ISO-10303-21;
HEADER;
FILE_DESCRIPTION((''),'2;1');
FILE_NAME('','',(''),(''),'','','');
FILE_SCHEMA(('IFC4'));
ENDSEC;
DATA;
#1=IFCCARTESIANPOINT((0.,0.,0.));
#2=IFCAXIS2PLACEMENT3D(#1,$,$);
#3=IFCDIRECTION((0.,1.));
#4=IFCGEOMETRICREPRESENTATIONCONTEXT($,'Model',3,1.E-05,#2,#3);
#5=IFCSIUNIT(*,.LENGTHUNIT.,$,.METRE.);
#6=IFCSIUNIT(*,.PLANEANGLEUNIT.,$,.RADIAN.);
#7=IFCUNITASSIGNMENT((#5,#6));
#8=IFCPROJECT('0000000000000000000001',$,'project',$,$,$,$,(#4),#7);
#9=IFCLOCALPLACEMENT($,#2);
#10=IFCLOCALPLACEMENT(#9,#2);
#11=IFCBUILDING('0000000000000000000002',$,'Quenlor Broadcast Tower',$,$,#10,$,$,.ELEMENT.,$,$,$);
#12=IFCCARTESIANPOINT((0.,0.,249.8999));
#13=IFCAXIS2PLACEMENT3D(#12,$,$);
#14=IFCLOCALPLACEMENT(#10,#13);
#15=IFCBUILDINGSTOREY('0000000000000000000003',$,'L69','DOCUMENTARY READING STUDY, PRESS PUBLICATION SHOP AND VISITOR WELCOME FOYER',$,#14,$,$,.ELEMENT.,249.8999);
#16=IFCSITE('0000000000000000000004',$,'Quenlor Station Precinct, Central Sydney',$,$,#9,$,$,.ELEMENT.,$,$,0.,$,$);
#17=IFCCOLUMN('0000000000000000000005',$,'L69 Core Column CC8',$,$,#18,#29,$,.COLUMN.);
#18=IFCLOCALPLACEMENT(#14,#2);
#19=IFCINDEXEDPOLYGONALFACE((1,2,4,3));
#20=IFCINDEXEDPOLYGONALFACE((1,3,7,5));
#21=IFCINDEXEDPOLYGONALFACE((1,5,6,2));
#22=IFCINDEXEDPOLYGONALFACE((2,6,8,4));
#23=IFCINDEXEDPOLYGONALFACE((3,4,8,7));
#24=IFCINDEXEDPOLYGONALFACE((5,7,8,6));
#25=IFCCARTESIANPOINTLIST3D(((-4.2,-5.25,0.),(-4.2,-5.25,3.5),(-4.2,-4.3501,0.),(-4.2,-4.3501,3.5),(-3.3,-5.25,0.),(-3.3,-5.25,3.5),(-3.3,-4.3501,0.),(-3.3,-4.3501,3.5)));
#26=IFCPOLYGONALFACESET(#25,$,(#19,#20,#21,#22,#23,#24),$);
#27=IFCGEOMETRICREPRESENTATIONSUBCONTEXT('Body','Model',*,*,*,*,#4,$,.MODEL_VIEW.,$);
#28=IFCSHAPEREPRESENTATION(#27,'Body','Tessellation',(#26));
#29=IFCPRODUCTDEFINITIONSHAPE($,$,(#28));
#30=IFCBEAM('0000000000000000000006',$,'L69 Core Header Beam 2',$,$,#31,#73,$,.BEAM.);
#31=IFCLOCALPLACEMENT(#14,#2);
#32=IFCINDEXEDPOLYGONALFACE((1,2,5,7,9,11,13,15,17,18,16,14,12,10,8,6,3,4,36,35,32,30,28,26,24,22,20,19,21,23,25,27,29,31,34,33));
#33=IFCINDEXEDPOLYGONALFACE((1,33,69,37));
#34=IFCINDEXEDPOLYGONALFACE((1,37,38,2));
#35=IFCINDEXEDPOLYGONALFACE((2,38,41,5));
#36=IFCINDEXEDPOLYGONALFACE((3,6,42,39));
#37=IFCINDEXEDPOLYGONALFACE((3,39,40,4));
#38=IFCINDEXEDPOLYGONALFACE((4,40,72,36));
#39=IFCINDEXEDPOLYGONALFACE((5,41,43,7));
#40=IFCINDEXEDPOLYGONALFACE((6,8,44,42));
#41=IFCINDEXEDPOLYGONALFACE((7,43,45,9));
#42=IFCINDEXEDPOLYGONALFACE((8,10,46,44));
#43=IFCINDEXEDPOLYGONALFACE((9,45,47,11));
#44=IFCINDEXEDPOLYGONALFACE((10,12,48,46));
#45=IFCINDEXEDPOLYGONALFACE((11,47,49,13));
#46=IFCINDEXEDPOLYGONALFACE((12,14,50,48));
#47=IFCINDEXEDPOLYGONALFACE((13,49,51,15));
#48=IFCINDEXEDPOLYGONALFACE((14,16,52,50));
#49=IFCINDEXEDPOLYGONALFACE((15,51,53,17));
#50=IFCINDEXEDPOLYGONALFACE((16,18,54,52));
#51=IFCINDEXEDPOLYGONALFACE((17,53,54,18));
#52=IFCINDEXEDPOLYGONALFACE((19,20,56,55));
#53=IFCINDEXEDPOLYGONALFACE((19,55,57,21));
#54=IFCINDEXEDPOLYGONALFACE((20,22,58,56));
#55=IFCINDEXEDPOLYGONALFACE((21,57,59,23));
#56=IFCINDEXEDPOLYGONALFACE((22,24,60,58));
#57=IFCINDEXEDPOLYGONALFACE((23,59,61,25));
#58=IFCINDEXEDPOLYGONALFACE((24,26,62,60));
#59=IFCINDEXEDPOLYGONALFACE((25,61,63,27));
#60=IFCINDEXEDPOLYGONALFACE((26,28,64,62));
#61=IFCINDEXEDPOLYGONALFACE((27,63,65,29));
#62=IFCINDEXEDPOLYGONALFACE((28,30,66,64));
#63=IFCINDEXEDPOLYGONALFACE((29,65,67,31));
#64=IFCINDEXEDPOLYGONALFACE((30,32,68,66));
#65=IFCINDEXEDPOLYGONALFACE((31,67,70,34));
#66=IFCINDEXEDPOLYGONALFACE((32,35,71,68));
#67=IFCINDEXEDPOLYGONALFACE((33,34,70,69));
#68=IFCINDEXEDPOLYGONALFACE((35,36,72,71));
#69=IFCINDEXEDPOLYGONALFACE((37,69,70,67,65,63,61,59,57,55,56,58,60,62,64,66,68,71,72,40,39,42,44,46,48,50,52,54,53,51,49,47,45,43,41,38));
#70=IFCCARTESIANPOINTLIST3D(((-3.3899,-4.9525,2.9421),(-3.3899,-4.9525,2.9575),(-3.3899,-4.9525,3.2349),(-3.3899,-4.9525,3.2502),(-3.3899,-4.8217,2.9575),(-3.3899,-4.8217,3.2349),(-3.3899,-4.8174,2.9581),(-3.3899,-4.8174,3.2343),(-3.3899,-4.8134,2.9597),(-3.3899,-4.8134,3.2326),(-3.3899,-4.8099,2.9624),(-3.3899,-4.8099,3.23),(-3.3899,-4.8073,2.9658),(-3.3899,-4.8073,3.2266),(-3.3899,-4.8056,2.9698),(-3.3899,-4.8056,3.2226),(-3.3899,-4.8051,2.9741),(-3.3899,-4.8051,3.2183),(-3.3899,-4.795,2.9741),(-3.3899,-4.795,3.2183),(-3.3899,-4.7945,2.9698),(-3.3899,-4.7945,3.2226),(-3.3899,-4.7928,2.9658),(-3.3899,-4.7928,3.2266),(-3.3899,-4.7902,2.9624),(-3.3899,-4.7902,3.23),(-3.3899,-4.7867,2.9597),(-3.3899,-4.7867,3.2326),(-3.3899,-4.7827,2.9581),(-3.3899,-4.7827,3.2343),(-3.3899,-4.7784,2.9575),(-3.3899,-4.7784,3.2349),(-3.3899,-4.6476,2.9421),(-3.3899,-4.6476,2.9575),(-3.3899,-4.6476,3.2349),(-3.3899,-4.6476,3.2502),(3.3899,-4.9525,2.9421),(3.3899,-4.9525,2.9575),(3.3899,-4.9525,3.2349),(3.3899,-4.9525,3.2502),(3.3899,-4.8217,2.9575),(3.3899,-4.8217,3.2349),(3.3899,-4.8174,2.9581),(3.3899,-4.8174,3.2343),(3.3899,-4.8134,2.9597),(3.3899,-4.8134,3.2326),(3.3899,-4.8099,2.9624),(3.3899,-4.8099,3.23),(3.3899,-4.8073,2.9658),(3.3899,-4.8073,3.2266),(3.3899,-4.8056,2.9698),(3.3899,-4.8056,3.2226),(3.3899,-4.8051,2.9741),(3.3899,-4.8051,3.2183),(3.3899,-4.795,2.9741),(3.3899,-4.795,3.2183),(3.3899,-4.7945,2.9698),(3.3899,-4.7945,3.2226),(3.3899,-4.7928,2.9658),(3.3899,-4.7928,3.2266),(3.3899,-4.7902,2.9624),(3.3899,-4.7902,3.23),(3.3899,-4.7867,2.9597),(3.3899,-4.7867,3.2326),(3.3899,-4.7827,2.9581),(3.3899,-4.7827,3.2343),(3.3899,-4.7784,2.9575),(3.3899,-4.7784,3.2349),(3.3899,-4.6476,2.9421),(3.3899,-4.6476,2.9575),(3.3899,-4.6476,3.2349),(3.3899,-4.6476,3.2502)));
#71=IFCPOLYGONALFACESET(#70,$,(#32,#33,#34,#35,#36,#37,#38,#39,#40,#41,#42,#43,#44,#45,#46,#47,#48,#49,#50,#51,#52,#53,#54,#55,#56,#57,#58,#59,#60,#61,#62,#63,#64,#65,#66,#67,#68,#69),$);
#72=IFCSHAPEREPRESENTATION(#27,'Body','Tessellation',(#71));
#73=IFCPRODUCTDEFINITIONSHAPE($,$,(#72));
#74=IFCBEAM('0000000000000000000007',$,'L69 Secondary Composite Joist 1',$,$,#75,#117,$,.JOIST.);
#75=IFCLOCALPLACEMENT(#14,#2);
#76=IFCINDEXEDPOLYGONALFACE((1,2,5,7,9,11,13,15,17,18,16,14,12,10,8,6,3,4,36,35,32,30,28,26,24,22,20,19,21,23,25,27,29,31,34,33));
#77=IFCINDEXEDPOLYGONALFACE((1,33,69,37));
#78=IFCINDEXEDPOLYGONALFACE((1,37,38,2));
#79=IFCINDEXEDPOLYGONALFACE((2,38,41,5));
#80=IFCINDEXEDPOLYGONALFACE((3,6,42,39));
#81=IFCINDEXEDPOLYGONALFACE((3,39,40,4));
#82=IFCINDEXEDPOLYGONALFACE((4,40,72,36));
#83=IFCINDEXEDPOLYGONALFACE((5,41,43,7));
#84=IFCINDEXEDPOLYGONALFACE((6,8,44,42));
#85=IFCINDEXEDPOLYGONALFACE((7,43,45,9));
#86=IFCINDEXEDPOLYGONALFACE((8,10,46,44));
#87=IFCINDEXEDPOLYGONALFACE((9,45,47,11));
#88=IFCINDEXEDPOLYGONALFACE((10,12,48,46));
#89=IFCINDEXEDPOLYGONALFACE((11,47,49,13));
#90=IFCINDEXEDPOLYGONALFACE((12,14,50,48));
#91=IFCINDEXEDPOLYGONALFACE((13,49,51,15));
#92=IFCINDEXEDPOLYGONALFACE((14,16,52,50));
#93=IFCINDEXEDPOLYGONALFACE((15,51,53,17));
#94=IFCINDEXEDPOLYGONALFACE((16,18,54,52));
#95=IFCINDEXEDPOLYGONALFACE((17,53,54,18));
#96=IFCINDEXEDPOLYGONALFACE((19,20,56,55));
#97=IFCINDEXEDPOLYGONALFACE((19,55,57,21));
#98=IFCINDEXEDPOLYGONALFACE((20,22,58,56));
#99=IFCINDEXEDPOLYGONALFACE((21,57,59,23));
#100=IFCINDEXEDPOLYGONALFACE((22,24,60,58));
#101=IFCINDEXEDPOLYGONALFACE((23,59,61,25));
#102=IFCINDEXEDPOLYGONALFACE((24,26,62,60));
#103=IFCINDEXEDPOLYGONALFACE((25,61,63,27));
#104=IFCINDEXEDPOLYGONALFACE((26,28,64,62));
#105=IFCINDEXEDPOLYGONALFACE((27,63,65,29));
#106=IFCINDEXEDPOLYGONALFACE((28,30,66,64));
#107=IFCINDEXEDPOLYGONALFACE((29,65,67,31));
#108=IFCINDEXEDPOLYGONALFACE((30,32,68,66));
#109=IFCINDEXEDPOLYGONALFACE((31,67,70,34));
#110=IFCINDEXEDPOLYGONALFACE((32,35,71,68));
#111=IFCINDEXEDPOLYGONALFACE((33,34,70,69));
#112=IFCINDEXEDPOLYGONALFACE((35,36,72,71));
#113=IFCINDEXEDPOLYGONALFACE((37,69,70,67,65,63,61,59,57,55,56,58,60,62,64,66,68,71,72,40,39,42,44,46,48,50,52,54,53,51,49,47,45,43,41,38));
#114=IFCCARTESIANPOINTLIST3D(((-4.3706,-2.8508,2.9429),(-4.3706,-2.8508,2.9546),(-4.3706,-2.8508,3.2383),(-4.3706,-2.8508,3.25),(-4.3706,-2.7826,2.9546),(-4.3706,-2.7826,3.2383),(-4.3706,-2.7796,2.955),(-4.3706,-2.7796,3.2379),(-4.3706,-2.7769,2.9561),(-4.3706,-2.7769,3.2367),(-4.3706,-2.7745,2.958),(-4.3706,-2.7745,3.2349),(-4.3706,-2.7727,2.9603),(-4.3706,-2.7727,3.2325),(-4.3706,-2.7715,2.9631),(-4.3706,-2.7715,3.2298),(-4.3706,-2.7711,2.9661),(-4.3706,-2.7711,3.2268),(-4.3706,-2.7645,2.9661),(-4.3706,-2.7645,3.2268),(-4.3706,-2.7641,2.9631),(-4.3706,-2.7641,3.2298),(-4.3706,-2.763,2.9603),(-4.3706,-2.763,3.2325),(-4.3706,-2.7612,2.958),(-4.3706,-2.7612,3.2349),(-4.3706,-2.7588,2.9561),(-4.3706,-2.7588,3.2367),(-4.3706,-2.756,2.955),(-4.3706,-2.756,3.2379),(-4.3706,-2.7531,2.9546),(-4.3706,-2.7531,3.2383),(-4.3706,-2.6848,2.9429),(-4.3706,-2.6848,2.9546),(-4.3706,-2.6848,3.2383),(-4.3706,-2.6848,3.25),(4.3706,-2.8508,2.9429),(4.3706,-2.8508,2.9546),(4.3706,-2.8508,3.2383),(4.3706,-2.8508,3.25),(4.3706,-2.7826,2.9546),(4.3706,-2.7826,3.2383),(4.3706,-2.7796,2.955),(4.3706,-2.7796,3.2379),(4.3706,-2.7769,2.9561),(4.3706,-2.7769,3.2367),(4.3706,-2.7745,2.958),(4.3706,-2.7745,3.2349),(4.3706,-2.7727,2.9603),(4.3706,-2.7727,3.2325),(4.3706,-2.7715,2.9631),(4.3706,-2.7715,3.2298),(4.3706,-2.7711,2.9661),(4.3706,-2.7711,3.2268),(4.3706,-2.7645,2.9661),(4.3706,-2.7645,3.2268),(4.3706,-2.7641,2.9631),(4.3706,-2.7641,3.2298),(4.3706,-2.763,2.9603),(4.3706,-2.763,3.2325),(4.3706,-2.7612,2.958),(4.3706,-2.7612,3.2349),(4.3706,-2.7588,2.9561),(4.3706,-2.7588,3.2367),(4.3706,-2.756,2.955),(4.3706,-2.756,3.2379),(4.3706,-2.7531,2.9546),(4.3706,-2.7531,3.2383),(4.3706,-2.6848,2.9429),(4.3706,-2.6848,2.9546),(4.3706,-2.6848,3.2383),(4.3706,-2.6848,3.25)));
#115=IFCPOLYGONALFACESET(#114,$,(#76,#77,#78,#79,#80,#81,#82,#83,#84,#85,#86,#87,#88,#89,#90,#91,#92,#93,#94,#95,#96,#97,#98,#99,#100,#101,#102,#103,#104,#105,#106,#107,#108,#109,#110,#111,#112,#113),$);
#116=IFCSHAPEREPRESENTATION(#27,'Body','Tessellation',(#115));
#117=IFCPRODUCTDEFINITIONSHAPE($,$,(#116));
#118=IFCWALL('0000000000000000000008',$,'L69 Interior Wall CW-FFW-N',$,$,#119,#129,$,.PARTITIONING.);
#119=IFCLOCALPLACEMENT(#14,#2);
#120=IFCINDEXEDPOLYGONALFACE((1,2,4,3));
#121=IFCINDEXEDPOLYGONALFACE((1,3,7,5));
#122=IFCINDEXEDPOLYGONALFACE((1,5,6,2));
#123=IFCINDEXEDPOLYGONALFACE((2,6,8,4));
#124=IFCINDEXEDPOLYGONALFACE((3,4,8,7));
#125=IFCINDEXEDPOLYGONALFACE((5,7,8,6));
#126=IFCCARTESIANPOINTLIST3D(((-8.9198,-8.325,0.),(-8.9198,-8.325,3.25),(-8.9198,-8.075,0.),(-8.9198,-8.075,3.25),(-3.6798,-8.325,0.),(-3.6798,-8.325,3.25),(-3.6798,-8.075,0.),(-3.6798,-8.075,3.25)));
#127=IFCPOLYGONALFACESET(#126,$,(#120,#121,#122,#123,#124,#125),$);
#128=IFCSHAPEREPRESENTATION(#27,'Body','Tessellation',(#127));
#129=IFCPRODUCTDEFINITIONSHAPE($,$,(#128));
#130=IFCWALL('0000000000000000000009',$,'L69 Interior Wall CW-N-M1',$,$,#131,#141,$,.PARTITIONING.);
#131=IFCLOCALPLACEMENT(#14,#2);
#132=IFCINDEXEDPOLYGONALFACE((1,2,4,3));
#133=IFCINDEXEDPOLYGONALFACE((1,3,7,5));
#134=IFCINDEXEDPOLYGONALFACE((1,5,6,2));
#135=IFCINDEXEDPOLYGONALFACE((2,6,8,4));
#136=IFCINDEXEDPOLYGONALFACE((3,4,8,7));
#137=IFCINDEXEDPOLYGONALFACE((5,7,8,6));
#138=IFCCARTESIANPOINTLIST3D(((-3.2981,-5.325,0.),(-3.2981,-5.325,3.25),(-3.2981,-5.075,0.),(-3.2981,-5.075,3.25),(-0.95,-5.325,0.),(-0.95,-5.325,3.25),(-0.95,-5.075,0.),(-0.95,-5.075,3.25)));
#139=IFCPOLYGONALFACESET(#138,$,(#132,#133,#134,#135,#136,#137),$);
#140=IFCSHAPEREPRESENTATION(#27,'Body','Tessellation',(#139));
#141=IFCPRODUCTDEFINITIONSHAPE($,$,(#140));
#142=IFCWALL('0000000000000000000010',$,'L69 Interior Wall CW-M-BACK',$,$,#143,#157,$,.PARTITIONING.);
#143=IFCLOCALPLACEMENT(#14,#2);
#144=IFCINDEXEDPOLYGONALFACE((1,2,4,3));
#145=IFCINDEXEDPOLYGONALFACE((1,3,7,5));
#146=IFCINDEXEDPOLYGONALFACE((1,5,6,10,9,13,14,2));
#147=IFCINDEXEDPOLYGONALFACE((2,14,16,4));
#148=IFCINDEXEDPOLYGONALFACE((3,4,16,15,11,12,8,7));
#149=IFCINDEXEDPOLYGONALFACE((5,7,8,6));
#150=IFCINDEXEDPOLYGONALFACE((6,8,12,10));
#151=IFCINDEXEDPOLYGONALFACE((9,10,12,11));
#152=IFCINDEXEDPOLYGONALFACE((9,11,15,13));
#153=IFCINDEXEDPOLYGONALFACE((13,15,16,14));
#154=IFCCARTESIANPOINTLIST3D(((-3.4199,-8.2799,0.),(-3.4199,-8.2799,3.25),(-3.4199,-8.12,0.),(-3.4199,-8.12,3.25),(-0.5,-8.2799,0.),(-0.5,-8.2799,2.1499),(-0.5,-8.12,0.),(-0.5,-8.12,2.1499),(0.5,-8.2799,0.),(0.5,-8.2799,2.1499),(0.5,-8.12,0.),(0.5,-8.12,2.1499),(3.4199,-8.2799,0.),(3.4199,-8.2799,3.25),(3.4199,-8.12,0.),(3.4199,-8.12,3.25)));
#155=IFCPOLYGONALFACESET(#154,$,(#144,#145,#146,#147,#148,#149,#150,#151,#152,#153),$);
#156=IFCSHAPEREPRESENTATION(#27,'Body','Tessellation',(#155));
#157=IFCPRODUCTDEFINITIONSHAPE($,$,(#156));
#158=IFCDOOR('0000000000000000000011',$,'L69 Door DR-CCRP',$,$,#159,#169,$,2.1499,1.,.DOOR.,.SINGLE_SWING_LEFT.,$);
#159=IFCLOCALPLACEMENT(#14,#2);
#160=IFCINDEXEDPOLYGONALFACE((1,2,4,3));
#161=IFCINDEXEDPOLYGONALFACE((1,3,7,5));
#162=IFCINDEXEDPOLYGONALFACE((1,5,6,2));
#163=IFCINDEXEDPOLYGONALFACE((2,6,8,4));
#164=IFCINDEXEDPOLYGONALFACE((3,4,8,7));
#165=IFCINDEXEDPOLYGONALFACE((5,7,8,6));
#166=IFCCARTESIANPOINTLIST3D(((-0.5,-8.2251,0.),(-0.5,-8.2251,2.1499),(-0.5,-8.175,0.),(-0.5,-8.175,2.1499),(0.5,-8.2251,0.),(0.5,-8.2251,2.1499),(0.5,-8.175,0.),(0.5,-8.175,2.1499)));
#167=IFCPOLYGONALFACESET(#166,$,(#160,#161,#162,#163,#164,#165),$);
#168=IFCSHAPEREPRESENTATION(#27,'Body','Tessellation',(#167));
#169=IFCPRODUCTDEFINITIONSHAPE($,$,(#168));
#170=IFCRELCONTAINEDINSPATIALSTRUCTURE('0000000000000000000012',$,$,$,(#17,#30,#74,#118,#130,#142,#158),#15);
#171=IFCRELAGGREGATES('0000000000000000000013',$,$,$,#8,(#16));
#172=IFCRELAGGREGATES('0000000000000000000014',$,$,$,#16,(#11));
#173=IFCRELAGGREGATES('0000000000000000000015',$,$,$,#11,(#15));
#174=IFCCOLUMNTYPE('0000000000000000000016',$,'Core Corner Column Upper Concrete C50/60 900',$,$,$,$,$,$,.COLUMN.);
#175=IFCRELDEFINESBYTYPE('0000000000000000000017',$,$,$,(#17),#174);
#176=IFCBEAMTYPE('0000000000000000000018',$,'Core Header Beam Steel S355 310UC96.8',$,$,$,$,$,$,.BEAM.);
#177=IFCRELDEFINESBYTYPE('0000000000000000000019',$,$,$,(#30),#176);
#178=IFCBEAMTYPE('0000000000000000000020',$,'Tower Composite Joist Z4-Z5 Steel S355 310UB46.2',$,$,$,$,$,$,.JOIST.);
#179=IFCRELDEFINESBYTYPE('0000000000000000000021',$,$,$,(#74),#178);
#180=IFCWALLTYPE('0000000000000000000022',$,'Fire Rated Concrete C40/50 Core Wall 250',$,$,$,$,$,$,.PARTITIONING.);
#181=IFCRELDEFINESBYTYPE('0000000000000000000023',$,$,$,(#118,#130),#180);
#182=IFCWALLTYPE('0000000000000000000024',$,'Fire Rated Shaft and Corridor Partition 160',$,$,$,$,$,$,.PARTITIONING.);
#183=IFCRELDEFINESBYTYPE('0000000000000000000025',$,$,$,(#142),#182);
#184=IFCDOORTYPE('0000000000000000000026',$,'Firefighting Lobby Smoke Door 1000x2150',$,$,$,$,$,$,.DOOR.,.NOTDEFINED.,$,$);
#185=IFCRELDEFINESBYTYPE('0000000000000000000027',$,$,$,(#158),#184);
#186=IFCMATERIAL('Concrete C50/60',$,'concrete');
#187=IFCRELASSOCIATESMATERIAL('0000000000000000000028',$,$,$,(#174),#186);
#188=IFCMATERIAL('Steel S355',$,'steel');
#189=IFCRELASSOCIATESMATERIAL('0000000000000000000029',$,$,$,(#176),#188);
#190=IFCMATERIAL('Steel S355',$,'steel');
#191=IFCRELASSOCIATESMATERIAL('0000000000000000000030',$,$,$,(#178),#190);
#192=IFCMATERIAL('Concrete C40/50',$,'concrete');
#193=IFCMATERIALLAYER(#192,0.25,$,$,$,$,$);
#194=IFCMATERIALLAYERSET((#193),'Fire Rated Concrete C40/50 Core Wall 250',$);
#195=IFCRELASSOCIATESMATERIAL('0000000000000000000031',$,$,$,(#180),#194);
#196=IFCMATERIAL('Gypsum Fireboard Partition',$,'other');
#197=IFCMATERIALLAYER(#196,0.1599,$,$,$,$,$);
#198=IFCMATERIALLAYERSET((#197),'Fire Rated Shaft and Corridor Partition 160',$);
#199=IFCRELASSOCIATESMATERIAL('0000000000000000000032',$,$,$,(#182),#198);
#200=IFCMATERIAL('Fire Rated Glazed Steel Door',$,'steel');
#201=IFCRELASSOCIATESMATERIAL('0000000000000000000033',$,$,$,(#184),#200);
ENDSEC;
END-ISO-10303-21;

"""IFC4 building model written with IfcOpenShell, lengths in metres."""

from ifc_helpers import new_model, si_unit, direction, frame, frame_2d, origin, origin_2d, place, context, subcontext, project, spatial, rectangle, i_section, extrude, material, layer, layer_set, material_profile, profile_set, type_object, element, fill, save


model = new_model("IFC4")

# Units and contexts
model_context = context("Model", 3, precision=1e-05, world=origin(), true_north=direction((0.0, 1.0)))
body_context = subcontext(model_context, "Body", "Model", "MODEL_VIEW")
ifc_project = project(units=[si_unit("LENGTHUNIT", "METRE"), si_unit("PLANEANGLEUNIT", "RADIAN")], contexts=[model_context])

# Site, building, storey
site_placement = place(None, origin())
site = spatial("IfcSite", under=ifc_project, at=site_placement, Name="Quenlor Station Precinct, Central Sydney", CompositionType="ELEMENT", RefElevation=0.0)
building_placement = place(site_placement, origin())
building = spatial("IfcBuilding", under=site, at=building_placement, Name="Quenlor Broadcast Tower", CompositionType="ELEMENT")
storey_placement = place(building_placement, frame((0.0, 0.0, 249.8999)))
storey = spatial("IfcBuildingStorey", under=building, at=storey_placement, Name="L69", Description="DOCUMENTARY READING STUDY, PRESS PUBLICATION SHOP AND VISITOR WELCOME FOYER", CompositionType="ELEMENT", Elevation=249.8999)

# Column
ifc_material_1 = material(Name="Concrete C50/60", Category="concrete")
ifc_material_profile_1 = material_profile(ifc_material_1, rectangle(XDim=0.8999, YDim=0.8999, at=origin_2d()))
ifc_profile_set_1 = profile_set([ifc_material_profile_1], Name="Concrete C50/60 RC900x900")
column_type = type_object("IfcColumnType", Name="Core Corner Column Upper Concrete C50/60 900", PredefinedType="COLUMN", material=ifc_profile_set_1)
column_placement = place(storey_placement, frame((-3.75, -4.8, 0.0), z_axis=(0.0, 0.0, 1.0), x_axis=(1.0, 0.0, 0.0)))
element("IfcColumn", 1, at=column_placement, inside=storey, type_object=column_type, Name="L69 Core Column CC8", PredefinedType="COLUMN", context=body_context, shape_type="SweptSolid", body=[
    extrude(rectangle(XDim=0.8999, YDim=0.8999, at=origin_2d()), origin(), (0.0, 0.0, 1.0), 3.5),
])

# Beams
ifc_material_2 = material(Name="Steel S355", Category="steel")
ifc_material_profile_2 = material_profile(ifc_material_2, i_section(OverallWidth=0.3049, OverallDepth=0.3081, WebThickness=0.01, FlangeThickness=0.0154, FilletRadius=0.0166, at=origin_2d()))
ifc_profile_set_2 = profile_set([ifc_material_profile_2], Name="Steel S355 310UC96.8")
beam_type_1 = type_object("IfcBeamType", Name="Core Header Beam Steel S355 310UC96.8", PredefinedType="BEAM", material=ifc_profile_set_2)
beam_1_placement = place(storey_placement, frame((-3.3899, -4.8, 3.0962), z_axis=(1.0, 0.0, 0.0), x_axis=(0.0, 1.0, 0.0)))
element("IfcBeam", 2, at=beam_1_placement, inside=storey, type_object=beam_type_1, Name="L69 Core Header Beam 2", PredefinedType="BEAM", context=body_context, shape_type="SweptSolid", body=[
    extrude(i_section(OverallWidth=0.3049, OverallDepth=0.3081, WebThickness=0.01, FlangeThickness=0.0154, FilletRadius=0.0166, at=origin_2d()), origin(), (0.0, 0.0, 1.0), 6.7798),
])
ifc_material_3 = material(Name="Steel S355", Category="steel")
ifc_material_profile_3 = material_profile(ifc_material_3, i_section(OverallWidth=0.166, OverallDepth=0.3071, WebThickness=0.0066, FlangeThickness=0.0117, FilletRadius=0.0115, at=origin_2d()))
ifc_profile_set_3 = profile_set([ifc_material_profile_3], Name="Steel S355 310UB46.2")
beam_type_2 = type_object("IfcBeamType", Name="Tower Composite Joist Z4-Z5 Steel S355 310UB46.2", PredefinedType="JOIST", material=ifc_profile_set_3)
beam_2_placement = place(storey_placement, frame((-4.3706, -2.7678, 3.0964), z_axis=(1.0, 0.0, 0.0), x_axis=(0.0, 1.0, 0.0)))
element("IfcBeam", 3, at=beam_2_placement, inside=storey, type_object=beam_type_2, Name="L69 Secondary Composite Joist 1", PredefinedType="JOIST", context=body_context, shape_type="SweptSolid", body=[
    extrude(i_section(OverallWidth=0.166, OverallDepth=0.3071, WebThickness=0.0066, FlangeThickness=0.0117, FilletRadius=0.0115, at=origin_2d()), origin(), (0.0, 0.0, 1.0), 8.7412),
])

# Walls
ifc_material_4 = material(Name="Concrete C40/50", Category="concrete")
ifc_layer_1 = layer(ifc_material_4, 0.25)
ifc_layer_set_1 = layer_set([ifc_layer_1], Name="Fire Rated Concrete C40/50 Core Wall 250")
wall_type_1 = type_object("IfcWallType", Name="Fire Rated Concrete C40/50 Core Wall 250", PredefinedType="PARTITIONING", material=ifc_layer_set_1)
wall_1_placement = place(storey_placement, frame((-8.9199, -8.2, 0.0), z_axis=(0.0, 0.0, 1.0), x_axis=(1.0, 0.0, 0.0)))
element("IfcWall", 4, at=wall_1_placement, inside=storey, type_object=wall_type_1, Name="L69 Interior Wall CW-FFW-N", PredefinedType="PARTITIONING", context=body_context, shape_type="SweptSolid", body=[
    extrude(rectangle(XDim=5.24, YDim=0.25, at=frame_2d((2.6201, 0.0))), origin(), (0.0, 0.0, 1.0), 3.25),
])
wall_2_placement = place(storey_placement, frame((-3.2981, -5.2, 0.0), z_axis=(0.0, 0.0, 1.0), x_axis=(1.0, 0.0, 0.0)))
element("IfcWall", 5, at=wall_2_placement, inside=storey, type_object=wall_type_1, Name="L69 Interior Wall CW-N-M1", PredefinedType="PARTITIONING", context=body_context, shape_type="SweptSolid", body=[
    extrude(rectangle(XDim=2.3481, YDim=0.25, at=frame_2d((1.1741, 0.0))), origin(), (0.0, 0.0, 1.0), 3.25),
])

# Wall, opening, door
ifc_material_5 = material(Name="Gypsum Fireboard Partition", Category="other")
ifc_layer_2 = layer(ifc_material_5, 0.1599)
ifc_layer_set_2 = layer_set([ifc_layer_2], Name="Fire Rated Shaft and Corridor Partition 160")
wall_type_2 = type_object("IfcWallType", Name="Fire Rated Shaft and Corridor Partition 160", PredefinedType="PARTITIONING", material=ifc_layer_set_2)
wall_3_placement = place(storey_placement, frame((-3.4199, -8.2, 0.0), z_axis=(0.0, 0.0, 1.0), x_axis=(1.0, 0.0, 0.0)))
wall_3 = element("IfcWall", 6, at=wall_3_placement, inside=storey, type_object=wall_type_2, Name="L69 Interior Wall CW-M-BACK", PredefinedType="PARTITIONING", context=body_context, shape_type="SweptSolid", body=[
    extrude(rectangle(XDim=6.8398, YDim=0.1599, at=frame_2d((3.4199, 0.0))), origin(), (0.0, 0.0, 1.0), 3.25),
])
opening_1_placement = place(wall_3_placement, frame((2.9199, 0.0, 0.0)))
opening_1 = element("IfcOpeningElement", 7, at=opening_1_placement, cuts=wall_3, PredefinedType="OPENING", context=body_context, shape_type="SweptSolid", body=[
    extrude(rectangle(XDim=1.0, YDim=2.1499, at=frame_2d((0.5, 1.075))), frame((0.0, 0.0898, 0.0), z_axis=(0.0, -1.0, 0.0), x_axis=(1.0, 0.0, 0.0)), (0.0, 0.0, 1.0), 0.1799),
])
ifc_material_6 = material(Name="Fire Rated Glazed Steel Door", Category="steel")
door_type_1 = type_object("IfcDoorType", Name="Firefighting Lobby Smoke Door 1000x2150", OperationType="NOTDEFINED", PredefinedType="DOOR", material=ifc_material_6)
door_1_placement = place(opening_1_placement, origin())
door_1 = element("IfcDoor", 8, at=door_1_placement, inside=storey, type_object=door_type_1, Name="L69 Door DR-CCRP", OperationType="SINGLE_SWING_LEFT", OverallHeight=2.1499, OverallWidth=1.0, PredefinedType="DOOR", context=body_context, shape_type="SweptSolid", body=[
    extrude(rectangle(XDim=1.0, YDim=2.1499, at=frame_2d((0.5, 1.075))), frame((0.0, 0.0249, 0.0), z_axis=(0.0, -1.0, 0.0), x_axis=(1.0, 0.0, 0.0)), (0.0, 0.0, 1.0), 0.05),
])
fill(opening_1, door_1)

save(model, "model.ifc")
